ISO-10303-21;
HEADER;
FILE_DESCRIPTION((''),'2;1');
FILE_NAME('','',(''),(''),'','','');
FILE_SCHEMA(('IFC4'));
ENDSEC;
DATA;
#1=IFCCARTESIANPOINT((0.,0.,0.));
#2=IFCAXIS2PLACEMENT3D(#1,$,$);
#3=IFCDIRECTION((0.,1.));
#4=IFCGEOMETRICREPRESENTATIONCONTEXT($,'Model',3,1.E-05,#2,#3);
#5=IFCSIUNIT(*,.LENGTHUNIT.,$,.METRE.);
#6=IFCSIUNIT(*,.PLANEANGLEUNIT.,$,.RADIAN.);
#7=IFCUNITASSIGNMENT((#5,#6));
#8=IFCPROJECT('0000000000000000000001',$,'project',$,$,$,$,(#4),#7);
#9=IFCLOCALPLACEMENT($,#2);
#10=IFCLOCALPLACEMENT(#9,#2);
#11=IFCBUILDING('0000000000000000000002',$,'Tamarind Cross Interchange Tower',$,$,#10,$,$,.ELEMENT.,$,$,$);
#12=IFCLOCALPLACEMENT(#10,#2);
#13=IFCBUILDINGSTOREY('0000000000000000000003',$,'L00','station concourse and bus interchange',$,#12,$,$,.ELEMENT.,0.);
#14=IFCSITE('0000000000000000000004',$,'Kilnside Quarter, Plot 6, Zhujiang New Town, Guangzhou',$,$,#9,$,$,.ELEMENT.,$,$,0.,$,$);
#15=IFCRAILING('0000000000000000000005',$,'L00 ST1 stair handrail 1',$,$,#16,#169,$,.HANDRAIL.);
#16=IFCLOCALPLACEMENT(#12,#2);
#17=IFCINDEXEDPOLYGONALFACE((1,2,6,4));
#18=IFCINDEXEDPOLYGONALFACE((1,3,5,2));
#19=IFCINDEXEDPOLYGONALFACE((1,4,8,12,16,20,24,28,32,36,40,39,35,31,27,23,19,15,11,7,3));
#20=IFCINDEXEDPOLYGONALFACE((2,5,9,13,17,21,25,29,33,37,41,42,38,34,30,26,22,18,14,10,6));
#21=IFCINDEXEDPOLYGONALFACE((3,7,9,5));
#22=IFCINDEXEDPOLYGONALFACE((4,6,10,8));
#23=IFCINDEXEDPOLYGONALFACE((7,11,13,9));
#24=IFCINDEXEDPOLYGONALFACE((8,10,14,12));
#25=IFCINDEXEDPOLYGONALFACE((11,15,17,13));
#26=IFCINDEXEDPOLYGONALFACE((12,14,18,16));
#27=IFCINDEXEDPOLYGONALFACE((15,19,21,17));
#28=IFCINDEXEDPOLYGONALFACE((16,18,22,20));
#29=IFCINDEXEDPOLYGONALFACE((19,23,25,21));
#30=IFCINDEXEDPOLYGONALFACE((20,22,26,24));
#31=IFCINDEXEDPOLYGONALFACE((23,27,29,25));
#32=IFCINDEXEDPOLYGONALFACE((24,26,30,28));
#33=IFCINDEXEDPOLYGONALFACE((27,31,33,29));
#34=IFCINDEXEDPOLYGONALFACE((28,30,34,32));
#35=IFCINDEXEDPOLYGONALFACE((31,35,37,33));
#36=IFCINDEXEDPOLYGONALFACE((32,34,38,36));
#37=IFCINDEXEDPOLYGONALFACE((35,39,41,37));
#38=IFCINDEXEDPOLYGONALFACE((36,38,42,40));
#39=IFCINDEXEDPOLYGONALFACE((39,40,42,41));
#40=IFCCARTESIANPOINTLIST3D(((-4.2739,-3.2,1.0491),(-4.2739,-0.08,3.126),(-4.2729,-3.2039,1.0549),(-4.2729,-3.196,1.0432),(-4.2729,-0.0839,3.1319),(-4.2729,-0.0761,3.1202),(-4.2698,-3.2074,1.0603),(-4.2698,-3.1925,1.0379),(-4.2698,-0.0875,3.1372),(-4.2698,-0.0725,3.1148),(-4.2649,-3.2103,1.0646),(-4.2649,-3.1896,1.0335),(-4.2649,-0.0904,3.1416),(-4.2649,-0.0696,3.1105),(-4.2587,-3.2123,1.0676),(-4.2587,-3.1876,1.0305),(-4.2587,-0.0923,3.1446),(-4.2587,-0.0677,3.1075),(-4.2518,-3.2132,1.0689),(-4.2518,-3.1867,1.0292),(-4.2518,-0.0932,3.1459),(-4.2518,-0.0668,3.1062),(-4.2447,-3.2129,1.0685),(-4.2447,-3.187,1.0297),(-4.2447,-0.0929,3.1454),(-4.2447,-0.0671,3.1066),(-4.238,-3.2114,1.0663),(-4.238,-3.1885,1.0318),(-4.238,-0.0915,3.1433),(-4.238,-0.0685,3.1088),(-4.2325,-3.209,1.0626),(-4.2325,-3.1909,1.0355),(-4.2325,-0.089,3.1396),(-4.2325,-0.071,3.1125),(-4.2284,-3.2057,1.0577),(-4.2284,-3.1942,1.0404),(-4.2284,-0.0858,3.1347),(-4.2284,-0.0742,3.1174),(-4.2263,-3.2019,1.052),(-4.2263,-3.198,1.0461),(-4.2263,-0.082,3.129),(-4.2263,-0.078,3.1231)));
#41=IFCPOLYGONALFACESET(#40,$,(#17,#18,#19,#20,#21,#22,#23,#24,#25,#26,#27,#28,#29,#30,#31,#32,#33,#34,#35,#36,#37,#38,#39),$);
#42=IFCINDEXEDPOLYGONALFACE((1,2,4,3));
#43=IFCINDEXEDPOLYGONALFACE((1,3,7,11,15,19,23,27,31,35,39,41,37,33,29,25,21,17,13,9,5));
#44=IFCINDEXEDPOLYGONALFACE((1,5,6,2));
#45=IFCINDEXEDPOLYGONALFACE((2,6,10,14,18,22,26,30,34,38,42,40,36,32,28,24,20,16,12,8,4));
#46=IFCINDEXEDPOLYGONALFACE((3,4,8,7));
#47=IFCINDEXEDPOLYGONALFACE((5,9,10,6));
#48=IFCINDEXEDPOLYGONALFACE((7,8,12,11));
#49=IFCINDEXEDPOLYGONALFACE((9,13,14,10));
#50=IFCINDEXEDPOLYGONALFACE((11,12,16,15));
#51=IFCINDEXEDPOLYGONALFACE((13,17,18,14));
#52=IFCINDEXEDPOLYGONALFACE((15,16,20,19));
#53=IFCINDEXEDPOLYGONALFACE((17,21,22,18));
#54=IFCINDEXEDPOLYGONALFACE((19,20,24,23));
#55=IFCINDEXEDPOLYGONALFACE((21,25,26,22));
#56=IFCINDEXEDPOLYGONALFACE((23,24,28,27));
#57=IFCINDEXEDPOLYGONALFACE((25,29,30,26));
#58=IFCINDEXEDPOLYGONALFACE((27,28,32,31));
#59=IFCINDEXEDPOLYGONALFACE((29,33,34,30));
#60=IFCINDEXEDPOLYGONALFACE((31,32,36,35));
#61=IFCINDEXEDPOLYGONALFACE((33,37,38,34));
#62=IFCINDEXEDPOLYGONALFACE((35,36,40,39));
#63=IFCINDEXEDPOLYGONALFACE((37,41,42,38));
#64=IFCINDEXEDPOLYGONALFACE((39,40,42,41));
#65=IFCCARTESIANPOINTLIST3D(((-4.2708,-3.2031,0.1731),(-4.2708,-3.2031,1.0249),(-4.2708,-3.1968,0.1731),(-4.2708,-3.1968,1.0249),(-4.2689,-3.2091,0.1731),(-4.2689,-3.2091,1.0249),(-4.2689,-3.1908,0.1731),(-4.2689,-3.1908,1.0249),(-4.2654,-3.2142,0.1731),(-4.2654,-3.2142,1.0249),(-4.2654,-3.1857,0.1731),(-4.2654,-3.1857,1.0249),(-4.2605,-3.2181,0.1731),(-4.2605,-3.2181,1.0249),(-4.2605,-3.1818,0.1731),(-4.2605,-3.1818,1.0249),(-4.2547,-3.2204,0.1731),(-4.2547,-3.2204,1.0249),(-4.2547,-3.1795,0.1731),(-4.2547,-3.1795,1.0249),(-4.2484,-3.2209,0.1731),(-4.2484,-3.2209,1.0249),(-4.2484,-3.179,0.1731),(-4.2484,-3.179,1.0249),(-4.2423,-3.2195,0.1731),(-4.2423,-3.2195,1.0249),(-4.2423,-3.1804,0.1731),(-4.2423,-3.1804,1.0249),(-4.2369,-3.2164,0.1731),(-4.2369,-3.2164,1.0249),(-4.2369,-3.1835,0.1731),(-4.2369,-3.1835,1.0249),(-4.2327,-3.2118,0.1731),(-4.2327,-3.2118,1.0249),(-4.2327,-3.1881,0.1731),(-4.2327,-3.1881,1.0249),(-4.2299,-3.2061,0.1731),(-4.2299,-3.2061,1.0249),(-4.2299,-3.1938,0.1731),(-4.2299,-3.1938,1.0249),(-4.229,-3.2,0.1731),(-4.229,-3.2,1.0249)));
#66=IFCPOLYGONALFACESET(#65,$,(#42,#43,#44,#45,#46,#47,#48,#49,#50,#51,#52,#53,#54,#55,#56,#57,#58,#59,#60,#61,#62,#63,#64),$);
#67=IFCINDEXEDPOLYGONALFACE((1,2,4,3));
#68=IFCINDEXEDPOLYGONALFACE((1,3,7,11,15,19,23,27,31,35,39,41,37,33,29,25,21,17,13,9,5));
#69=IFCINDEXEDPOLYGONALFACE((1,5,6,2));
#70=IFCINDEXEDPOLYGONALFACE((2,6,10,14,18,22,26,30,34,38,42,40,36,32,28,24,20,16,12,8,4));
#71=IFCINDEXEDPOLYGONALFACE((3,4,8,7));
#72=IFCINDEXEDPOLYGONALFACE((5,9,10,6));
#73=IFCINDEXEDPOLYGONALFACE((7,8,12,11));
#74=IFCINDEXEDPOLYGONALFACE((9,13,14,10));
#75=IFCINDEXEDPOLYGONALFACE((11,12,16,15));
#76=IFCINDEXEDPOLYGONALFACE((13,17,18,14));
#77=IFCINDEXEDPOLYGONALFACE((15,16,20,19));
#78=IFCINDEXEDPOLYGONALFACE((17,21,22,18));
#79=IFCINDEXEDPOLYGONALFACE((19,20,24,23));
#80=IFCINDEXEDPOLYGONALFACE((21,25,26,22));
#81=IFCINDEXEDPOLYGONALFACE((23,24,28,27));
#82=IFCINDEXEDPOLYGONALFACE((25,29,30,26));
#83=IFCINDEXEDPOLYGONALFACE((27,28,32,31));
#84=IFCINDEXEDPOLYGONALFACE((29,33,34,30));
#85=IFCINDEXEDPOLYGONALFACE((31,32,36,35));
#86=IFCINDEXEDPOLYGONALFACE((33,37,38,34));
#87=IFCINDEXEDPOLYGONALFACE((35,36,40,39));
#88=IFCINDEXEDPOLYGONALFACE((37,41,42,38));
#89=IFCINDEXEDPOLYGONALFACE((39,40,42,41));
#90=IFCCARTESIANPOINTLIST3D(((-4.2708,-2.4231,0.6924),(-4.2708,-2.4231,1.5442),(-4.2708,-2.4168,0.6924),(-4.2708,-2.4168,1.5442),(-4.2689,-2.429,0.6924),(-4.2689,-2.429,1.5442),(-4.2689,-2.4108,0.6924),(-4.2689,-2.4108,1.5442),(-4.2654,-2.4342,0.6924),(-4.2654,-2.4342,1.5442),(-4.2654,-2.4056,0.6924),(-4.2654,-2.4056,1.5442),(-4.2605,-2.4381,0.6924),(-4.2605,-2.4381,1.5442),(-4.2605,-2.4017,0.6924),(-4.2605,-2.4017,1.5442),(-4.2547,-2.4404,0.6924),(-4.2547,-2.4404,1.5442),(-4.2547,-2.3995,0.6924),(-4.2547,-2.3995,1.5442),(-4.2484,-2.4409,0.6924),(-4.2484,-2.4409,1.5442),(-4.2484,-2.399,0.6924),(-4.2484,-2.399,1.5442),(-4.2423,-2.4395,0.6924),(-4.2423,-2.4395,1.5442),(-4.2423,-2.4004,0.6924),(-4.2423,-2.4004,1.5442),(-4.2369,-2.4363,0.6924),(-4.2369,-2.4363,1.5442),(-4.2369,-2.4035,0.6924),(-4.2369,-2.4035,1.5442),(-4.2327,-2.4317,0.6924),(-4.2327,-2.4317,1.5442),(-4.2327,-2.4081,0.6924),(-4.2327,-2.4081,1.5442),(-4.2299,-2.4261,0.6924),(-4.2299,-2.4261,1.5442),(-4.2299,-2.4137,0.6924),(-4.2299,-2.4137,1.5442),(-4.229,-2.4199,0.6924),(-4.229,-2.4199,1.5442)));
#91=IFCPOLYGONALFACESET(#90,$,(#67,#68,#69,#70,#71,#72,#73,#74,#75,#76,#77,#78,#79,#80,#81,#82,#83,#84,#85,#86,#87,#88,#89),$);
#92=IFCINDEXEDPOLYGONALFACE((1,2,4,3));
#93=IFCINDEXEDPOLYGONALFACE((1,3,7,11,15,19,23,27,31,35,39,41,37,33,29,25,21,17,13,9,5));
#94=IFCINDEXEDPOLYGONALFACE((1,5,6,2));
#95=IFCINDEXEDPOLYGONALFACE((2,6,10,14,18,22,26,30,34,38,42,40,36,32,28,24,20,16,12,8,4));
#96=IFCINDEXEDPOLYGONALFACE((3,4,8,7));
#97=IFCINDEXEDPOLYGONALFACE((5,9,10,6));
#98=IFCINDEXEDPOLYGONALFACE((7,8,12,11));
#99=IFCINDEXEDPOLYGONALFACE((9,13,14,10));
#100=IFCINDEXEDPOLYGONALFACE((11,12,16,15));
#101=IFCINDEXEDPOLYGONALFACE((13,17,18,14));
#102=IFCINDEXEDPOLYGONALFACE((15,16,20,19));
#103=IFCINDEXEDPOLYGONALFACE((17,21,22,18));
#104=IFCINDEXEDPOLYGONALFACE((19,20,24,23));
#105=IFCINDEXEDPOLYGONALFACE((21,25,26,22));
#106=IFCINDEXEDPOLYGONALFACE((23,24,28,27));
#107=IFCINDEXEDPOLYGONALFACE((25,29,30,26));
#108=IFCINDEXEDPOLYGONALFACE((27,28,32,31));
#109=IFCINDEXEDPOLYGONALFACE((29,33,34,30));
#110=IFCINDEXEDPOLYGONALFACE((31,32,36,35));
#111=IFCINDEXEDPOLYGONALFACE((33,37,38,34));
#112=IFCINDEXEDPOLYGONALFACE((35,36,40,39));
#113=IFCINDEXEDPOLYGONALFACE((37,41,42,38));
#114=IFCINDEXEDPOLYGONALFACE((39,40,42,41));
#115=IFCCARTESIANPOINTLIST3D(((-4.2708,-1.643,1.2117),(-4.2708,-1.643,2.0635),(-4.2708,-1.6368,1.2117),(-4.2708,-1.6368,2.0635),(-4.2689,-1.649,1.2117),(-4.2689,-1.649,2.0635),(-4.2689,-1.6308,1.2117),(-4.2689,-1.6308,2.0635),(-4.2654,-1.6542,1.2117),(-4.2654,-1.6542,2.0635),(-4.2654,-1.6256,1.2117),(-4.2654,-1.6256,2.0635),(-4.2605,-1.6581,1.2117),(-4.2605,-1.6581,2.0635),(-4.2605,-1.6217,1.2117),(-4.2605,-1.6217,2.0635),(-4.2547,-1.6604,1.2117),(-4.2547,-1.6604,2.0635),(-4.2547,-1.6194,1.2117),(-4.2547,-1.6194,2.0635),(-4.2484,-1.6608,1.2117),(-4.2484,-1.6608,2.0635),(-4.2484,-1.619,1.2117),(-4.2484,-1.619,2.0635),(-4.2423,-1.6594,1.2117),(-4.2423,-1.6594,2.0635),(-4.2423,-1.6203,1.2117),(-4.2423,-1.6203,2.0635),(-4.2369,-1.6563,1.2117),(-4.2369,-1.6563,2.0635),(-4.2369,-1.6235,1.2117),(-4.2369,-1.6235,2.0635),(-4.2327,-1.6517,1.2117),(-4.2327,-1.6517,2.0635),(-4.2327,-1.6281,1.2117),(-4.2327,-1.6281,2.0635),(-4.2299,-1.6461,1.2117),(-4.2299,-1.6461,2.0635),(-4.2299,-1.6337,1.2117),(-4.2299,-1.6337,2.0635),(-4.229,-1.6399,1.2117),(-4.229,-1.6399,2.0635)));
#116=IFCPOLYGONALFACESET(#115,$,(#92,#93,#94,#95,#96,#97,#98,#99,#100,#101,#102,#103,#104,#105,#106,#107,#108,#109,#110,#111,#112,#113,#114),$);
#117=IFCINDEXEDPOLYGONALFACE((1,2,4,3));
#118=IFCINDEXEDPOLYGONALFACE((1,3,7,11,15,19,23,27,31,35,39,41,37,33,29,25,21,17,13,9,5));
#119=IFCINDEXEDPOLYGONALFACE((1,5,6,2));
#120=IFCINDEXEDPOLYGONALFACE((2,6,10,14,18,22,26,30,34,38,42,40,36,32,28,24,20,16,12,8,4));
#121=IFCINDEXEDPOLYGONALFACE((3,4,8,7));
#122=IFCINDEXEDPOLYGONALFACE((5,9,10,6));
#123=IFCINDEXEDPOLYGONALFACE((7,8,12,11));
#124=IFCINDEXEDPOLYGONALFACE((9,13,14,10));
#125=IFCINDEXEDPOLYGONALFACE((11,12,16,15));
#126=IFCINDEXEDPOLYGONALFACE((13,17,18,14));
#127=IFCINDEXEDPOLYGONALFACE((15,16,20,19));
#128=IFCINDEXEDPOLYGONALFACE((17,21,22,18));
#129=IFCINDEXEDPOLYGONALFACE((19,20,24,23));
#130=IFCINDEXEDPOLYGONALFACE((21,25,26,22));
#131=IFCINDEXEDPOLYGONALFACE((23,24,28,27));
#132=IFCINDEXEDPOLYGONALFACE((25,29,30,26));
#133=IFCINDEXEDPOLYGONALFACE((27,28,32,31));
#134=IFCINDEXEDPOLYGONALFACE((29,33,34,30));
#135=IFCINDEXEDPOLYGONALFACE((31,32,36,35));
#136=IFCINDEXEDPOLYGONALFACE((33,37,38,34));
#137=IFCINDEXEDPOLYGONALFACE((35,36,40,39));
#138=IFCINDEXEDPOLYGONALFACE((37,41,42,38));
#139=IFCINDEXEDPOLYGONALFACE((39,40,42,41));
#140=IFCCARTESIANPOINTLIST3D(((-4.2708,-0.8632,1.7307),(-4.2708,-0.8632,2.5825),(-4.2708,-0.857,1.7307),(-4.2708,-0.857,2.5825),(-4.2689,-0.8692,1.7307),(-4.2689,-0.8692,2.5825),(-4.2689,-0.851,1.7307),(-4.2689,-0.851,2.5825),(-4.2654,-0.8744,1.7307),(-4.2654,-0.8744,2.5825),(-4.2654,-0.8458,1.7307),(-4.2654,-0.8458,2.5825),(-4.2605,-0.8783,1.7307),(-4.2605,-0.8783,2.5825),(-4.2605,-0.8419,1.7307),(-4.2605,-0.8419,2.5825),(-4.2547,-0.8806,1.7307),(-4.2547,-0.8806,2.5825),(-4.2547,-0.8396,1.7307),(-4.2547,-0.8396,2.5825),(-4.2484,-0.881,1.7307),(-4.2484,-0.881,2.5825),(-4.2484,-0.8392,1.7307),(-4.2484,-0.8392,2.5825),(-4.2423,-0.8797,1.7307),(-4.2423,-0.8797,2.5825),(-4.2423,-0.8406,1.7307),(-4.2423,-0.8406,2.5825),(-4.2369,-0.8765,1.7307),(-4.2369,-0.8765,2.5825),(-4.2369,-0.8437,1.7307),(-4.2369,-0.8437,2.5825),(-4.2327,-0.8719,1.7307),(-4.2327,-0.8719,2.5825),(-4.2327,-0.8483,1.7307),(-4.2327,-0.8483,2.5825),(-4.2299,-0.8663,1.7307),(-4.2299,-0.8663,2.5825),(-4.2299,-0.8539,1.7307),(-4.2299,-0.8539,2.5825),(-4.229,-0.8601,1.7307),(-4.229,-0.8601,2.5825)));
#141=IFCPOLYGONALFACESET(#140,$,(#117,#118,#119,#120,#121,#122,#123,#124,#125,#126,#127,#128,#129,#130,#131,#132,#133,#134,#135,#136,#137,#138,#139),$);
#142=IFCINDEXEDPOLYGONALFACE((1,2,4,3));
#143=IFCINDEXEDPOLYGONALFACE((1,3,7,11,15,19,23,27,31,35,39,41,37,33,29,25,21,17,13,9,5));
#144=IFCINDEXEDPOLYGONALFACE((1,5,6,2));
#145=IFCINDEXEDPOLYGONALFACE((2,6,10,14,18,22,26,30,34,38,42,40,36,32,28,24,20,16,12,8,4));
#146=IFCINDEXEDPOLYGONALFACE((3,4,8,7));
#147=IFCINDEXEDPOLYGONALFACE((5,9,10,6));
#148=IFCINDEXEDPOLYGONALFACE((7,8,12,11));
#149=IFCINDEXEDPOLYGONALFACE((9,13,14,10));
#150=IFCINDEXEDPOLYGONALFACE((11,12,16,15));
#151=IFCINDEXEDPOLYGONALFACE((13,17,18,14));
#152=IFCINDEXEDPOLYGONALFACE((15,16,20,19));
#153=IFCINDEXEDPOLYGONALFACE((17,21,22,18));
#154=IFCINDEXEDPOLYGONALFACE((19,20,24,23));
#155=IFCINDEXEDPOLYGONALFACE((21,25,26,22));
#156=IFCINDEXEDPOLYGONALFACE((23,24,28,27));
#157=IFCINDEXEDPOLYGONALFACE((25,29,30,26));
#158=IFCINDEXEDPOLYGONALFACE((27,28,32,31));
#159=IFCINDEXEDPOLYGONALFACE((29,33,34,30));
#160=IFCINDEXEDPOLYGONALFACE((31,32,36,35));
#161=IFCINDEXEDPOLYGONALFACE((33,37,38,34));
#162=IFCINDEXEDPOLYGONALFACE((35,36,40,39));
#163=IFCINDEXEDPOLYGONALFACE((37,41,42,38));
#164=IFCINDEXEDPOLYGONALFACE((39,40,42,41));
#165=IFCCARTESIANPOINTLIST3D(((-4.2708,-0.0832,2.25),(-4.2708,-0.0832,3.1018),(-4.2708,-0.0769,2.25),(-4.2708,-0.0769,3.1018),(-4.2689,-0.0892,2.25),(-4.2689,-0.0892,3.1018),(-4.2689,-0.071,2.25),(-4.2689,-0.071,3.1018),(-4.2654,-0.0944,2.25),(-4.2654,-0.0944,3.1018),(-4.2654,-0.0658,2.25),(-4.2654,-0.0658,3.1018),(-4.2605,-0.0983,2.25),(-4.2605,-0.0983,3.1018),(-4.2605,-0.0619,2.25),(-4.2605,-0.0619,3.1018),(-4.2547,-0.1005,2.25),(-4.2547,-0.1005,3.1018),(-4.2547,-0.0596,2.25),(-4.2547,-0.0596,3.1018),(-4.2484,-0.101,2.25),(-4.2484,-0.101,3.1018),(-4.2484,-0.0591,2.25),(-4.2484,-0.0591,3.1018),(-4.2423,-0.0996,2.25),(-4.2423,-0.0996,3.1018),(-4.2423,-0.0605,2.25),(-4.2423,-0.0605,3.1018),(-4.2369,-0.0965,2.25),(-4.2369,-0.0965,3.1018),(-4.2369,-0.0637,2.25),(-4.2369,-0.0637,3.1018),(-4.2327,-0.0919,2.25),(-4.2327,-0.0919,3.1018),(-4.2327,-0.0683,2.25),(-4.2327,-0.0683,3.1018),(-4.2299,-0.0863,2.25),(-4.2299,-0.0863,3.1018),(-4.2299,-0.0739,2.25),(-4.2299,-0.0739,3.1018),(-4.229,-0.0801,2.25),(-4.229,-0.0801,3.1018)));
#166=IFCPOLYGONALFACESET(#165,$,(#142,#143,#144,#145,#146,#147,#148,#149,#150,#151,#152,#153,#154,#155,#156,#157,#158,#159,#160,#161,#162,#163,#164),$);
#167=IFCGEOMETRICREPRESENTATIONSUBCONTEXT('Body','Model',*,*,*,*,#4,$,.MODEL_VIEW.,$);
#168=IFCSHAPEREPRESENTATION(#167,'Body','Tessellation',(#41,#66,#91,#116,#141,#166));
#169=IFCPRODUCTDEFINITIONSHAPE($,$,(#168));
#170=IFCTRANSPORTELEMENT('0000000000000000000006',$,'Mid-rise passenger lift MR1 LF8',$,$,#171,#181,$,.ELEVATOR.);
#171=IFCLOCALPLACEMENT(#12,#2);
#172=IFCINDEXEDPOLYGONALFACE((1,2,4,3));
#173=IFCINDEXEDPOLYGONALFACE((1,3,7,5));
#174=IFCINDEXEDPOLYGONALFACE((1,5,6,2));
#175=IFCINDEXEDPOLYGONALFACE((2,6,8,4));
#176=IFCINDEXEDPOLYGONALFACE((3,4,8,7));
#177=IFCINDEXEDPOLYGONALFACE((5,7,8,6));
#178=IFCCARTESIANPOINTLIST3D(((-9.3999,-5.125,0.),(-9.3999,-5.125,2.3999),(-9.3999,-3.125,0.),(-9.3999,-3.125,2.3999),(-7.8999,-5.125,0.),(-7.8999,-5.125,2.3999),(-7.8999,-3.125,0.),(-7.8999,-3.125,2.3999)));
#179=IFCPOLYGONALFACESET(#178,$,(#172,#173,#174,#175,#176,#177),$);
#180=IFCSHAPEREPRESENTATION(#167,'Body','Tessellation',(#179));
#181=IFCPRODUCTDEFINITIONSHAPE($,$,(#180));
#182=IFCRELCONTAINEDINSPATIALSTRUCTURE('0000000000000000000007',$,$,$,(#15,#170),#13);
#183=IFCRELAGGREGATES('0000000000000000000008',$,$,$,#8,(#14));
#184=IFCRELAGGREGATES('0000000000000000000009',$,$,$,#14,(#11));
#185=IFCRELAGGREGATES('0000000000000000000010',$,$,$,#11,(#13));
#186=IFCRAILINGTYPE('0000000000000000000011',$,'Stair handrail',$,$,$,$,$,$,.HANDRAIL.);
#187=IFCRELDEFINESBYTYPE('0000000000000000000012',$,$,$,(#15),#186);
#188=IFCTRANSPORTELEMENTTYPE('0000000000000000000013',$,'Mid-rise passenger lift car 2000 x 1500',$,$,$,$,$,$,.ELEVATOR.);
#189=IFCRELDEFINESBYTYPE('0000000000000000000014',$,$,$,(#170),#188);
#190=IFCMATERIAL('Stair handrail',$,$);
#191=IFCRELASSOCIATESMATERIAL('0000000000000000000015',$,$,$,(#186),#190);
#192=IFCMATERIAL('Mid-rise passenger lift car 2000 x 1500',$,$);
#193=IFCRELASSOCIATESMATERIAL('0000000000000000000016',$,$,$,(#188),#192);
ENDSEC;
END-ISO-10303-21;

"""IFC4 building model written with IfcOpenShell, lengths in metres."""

from ifc_helpers import new_model, si_unit, direction, frame, origin, origin_2d, place, context, subcontext, project, spatial, rectangle, circle, extrude, material, type_object, element, save


model = new_model("IFC4")

# Units and contexts
model_context = context("Model", 3, precision=1e-05, world=origin(), true_north=direction((0.0, 1.0)))
body_context = subcontext(model_context, "Body", "Model", "MODEL_VIEW")
ifc_project = project(units=[si_unit("LENGTHUNIT", "METRE"), si_unit("PLANEANGLEUNIT", "RADIAN")], contexts=[model_context])

# Site, building, storey
site_placement = place(None, origin())
site = spatial("IfcSite", under=ifc_project, at=site_placement, Name="Kilnside Quarter, Plot 6, Zhujiang New Town, Guangzhou", CompositionType="ELEMENT", RefElevation=0.0)
building_placement = place(site_placement, origin())
building = spatial("IfcBuilding", under=site, at=building_placement, Name="Tamarind Cross Interchange Tower", CompositionType="ELEMENT")
storey_placement = place(building_placement, origin())
storey = spatial("IfcBuildingStorey", under=building, at=storey_placement, Name="L00", Description="station concourse and bus interchange", CompositionType="ELEMENT", Elevation=0.0)

# Railing
ifc_material_1 = material(Name="Stair handrail")
railing_type_1 = type_object("IfcRailingType", Name="Stair handrail", PredefinedType="HANDRAIL", material=ifc_material_1)
railing_1_placement = place(storey_placement, frame((-4.25, -3.2, 0.1731)))
element("IfcRailing", 1, at=railing_1_placement, inside=storey, type_object=railing_type_1, Name="L00 ST1 stair handrail 1", PredefinedType="HANDRAIL", context=body_context, shape_type="SweptSolid", body=[
    extrude(circle(Radius=0.0239, at=origin_2d()), frame((0.0, 0.0, 0.876), z_axis=(0.0, 0.832421, 0.554144), x_axis=(-1.0, 0.0, 0.0)), (0.0, 0.0, 1.0), 3.748),
    extrude(circle(Radius=0.021, at=origin_2d()), origin(), (0.0, 0.0, 1.0), 0.8518),
    extrude(circle(Radius=0.021, at=origin_2d()), frame((0.0, 0.78, 0.5193)), (0.0, 0.0, 1.0), 0.8518),
    extrude(circle(Radius=0.021, at=origin_2d()), frame((0.0, 1.5601, 1.0386)), (0.0, 0.0, 1.0), 0.8518),
    extrude(circle(Radius=0.021, at=origin_2d()), frame((0.0, 2.3398, 1.5576)), (0.0, 0.0, 1.0), 0.8518),
    extrude(circle(Radius=0.021, at=origin_2d()), frame((0.0, 3.1199, 2.0769)), (0.0, 0.0, 1.0), 0.8518),
])

# Transport element
ifc_material_2 = material(Name="Mid-rise passenger lift car 2000 x 1500")
transport_element_type = type_object("IfcTransportElementType", Name="Mid-rise passenger lift car 2000 x 1500", PredefinedType="ELEVATOR", material=ifc_material_2)
transport_element_placement = place(storey_placement, frame((-8.6499, -4.125, 0.0), z_axis=(0.0, 0.0, 1.0), x_axis=(1.0, 0.0, 0.0)))
element("IfcTransportElement", 2, at=transport_element_placement, inside=storey, type_object=transport_element_type, Name="Mid-rise passenger lift MR1 LF8", PredefinedType="ELEVATOR", context=body_context, shape_type="SweptSolid", body=[
    extrude(rectangle(XDim=1.5, YDim=2.0, at=origin_2d()), origin(), (0.0, 0.0, 1.0), 2.3999),
])

save(model, "model.ifc")
